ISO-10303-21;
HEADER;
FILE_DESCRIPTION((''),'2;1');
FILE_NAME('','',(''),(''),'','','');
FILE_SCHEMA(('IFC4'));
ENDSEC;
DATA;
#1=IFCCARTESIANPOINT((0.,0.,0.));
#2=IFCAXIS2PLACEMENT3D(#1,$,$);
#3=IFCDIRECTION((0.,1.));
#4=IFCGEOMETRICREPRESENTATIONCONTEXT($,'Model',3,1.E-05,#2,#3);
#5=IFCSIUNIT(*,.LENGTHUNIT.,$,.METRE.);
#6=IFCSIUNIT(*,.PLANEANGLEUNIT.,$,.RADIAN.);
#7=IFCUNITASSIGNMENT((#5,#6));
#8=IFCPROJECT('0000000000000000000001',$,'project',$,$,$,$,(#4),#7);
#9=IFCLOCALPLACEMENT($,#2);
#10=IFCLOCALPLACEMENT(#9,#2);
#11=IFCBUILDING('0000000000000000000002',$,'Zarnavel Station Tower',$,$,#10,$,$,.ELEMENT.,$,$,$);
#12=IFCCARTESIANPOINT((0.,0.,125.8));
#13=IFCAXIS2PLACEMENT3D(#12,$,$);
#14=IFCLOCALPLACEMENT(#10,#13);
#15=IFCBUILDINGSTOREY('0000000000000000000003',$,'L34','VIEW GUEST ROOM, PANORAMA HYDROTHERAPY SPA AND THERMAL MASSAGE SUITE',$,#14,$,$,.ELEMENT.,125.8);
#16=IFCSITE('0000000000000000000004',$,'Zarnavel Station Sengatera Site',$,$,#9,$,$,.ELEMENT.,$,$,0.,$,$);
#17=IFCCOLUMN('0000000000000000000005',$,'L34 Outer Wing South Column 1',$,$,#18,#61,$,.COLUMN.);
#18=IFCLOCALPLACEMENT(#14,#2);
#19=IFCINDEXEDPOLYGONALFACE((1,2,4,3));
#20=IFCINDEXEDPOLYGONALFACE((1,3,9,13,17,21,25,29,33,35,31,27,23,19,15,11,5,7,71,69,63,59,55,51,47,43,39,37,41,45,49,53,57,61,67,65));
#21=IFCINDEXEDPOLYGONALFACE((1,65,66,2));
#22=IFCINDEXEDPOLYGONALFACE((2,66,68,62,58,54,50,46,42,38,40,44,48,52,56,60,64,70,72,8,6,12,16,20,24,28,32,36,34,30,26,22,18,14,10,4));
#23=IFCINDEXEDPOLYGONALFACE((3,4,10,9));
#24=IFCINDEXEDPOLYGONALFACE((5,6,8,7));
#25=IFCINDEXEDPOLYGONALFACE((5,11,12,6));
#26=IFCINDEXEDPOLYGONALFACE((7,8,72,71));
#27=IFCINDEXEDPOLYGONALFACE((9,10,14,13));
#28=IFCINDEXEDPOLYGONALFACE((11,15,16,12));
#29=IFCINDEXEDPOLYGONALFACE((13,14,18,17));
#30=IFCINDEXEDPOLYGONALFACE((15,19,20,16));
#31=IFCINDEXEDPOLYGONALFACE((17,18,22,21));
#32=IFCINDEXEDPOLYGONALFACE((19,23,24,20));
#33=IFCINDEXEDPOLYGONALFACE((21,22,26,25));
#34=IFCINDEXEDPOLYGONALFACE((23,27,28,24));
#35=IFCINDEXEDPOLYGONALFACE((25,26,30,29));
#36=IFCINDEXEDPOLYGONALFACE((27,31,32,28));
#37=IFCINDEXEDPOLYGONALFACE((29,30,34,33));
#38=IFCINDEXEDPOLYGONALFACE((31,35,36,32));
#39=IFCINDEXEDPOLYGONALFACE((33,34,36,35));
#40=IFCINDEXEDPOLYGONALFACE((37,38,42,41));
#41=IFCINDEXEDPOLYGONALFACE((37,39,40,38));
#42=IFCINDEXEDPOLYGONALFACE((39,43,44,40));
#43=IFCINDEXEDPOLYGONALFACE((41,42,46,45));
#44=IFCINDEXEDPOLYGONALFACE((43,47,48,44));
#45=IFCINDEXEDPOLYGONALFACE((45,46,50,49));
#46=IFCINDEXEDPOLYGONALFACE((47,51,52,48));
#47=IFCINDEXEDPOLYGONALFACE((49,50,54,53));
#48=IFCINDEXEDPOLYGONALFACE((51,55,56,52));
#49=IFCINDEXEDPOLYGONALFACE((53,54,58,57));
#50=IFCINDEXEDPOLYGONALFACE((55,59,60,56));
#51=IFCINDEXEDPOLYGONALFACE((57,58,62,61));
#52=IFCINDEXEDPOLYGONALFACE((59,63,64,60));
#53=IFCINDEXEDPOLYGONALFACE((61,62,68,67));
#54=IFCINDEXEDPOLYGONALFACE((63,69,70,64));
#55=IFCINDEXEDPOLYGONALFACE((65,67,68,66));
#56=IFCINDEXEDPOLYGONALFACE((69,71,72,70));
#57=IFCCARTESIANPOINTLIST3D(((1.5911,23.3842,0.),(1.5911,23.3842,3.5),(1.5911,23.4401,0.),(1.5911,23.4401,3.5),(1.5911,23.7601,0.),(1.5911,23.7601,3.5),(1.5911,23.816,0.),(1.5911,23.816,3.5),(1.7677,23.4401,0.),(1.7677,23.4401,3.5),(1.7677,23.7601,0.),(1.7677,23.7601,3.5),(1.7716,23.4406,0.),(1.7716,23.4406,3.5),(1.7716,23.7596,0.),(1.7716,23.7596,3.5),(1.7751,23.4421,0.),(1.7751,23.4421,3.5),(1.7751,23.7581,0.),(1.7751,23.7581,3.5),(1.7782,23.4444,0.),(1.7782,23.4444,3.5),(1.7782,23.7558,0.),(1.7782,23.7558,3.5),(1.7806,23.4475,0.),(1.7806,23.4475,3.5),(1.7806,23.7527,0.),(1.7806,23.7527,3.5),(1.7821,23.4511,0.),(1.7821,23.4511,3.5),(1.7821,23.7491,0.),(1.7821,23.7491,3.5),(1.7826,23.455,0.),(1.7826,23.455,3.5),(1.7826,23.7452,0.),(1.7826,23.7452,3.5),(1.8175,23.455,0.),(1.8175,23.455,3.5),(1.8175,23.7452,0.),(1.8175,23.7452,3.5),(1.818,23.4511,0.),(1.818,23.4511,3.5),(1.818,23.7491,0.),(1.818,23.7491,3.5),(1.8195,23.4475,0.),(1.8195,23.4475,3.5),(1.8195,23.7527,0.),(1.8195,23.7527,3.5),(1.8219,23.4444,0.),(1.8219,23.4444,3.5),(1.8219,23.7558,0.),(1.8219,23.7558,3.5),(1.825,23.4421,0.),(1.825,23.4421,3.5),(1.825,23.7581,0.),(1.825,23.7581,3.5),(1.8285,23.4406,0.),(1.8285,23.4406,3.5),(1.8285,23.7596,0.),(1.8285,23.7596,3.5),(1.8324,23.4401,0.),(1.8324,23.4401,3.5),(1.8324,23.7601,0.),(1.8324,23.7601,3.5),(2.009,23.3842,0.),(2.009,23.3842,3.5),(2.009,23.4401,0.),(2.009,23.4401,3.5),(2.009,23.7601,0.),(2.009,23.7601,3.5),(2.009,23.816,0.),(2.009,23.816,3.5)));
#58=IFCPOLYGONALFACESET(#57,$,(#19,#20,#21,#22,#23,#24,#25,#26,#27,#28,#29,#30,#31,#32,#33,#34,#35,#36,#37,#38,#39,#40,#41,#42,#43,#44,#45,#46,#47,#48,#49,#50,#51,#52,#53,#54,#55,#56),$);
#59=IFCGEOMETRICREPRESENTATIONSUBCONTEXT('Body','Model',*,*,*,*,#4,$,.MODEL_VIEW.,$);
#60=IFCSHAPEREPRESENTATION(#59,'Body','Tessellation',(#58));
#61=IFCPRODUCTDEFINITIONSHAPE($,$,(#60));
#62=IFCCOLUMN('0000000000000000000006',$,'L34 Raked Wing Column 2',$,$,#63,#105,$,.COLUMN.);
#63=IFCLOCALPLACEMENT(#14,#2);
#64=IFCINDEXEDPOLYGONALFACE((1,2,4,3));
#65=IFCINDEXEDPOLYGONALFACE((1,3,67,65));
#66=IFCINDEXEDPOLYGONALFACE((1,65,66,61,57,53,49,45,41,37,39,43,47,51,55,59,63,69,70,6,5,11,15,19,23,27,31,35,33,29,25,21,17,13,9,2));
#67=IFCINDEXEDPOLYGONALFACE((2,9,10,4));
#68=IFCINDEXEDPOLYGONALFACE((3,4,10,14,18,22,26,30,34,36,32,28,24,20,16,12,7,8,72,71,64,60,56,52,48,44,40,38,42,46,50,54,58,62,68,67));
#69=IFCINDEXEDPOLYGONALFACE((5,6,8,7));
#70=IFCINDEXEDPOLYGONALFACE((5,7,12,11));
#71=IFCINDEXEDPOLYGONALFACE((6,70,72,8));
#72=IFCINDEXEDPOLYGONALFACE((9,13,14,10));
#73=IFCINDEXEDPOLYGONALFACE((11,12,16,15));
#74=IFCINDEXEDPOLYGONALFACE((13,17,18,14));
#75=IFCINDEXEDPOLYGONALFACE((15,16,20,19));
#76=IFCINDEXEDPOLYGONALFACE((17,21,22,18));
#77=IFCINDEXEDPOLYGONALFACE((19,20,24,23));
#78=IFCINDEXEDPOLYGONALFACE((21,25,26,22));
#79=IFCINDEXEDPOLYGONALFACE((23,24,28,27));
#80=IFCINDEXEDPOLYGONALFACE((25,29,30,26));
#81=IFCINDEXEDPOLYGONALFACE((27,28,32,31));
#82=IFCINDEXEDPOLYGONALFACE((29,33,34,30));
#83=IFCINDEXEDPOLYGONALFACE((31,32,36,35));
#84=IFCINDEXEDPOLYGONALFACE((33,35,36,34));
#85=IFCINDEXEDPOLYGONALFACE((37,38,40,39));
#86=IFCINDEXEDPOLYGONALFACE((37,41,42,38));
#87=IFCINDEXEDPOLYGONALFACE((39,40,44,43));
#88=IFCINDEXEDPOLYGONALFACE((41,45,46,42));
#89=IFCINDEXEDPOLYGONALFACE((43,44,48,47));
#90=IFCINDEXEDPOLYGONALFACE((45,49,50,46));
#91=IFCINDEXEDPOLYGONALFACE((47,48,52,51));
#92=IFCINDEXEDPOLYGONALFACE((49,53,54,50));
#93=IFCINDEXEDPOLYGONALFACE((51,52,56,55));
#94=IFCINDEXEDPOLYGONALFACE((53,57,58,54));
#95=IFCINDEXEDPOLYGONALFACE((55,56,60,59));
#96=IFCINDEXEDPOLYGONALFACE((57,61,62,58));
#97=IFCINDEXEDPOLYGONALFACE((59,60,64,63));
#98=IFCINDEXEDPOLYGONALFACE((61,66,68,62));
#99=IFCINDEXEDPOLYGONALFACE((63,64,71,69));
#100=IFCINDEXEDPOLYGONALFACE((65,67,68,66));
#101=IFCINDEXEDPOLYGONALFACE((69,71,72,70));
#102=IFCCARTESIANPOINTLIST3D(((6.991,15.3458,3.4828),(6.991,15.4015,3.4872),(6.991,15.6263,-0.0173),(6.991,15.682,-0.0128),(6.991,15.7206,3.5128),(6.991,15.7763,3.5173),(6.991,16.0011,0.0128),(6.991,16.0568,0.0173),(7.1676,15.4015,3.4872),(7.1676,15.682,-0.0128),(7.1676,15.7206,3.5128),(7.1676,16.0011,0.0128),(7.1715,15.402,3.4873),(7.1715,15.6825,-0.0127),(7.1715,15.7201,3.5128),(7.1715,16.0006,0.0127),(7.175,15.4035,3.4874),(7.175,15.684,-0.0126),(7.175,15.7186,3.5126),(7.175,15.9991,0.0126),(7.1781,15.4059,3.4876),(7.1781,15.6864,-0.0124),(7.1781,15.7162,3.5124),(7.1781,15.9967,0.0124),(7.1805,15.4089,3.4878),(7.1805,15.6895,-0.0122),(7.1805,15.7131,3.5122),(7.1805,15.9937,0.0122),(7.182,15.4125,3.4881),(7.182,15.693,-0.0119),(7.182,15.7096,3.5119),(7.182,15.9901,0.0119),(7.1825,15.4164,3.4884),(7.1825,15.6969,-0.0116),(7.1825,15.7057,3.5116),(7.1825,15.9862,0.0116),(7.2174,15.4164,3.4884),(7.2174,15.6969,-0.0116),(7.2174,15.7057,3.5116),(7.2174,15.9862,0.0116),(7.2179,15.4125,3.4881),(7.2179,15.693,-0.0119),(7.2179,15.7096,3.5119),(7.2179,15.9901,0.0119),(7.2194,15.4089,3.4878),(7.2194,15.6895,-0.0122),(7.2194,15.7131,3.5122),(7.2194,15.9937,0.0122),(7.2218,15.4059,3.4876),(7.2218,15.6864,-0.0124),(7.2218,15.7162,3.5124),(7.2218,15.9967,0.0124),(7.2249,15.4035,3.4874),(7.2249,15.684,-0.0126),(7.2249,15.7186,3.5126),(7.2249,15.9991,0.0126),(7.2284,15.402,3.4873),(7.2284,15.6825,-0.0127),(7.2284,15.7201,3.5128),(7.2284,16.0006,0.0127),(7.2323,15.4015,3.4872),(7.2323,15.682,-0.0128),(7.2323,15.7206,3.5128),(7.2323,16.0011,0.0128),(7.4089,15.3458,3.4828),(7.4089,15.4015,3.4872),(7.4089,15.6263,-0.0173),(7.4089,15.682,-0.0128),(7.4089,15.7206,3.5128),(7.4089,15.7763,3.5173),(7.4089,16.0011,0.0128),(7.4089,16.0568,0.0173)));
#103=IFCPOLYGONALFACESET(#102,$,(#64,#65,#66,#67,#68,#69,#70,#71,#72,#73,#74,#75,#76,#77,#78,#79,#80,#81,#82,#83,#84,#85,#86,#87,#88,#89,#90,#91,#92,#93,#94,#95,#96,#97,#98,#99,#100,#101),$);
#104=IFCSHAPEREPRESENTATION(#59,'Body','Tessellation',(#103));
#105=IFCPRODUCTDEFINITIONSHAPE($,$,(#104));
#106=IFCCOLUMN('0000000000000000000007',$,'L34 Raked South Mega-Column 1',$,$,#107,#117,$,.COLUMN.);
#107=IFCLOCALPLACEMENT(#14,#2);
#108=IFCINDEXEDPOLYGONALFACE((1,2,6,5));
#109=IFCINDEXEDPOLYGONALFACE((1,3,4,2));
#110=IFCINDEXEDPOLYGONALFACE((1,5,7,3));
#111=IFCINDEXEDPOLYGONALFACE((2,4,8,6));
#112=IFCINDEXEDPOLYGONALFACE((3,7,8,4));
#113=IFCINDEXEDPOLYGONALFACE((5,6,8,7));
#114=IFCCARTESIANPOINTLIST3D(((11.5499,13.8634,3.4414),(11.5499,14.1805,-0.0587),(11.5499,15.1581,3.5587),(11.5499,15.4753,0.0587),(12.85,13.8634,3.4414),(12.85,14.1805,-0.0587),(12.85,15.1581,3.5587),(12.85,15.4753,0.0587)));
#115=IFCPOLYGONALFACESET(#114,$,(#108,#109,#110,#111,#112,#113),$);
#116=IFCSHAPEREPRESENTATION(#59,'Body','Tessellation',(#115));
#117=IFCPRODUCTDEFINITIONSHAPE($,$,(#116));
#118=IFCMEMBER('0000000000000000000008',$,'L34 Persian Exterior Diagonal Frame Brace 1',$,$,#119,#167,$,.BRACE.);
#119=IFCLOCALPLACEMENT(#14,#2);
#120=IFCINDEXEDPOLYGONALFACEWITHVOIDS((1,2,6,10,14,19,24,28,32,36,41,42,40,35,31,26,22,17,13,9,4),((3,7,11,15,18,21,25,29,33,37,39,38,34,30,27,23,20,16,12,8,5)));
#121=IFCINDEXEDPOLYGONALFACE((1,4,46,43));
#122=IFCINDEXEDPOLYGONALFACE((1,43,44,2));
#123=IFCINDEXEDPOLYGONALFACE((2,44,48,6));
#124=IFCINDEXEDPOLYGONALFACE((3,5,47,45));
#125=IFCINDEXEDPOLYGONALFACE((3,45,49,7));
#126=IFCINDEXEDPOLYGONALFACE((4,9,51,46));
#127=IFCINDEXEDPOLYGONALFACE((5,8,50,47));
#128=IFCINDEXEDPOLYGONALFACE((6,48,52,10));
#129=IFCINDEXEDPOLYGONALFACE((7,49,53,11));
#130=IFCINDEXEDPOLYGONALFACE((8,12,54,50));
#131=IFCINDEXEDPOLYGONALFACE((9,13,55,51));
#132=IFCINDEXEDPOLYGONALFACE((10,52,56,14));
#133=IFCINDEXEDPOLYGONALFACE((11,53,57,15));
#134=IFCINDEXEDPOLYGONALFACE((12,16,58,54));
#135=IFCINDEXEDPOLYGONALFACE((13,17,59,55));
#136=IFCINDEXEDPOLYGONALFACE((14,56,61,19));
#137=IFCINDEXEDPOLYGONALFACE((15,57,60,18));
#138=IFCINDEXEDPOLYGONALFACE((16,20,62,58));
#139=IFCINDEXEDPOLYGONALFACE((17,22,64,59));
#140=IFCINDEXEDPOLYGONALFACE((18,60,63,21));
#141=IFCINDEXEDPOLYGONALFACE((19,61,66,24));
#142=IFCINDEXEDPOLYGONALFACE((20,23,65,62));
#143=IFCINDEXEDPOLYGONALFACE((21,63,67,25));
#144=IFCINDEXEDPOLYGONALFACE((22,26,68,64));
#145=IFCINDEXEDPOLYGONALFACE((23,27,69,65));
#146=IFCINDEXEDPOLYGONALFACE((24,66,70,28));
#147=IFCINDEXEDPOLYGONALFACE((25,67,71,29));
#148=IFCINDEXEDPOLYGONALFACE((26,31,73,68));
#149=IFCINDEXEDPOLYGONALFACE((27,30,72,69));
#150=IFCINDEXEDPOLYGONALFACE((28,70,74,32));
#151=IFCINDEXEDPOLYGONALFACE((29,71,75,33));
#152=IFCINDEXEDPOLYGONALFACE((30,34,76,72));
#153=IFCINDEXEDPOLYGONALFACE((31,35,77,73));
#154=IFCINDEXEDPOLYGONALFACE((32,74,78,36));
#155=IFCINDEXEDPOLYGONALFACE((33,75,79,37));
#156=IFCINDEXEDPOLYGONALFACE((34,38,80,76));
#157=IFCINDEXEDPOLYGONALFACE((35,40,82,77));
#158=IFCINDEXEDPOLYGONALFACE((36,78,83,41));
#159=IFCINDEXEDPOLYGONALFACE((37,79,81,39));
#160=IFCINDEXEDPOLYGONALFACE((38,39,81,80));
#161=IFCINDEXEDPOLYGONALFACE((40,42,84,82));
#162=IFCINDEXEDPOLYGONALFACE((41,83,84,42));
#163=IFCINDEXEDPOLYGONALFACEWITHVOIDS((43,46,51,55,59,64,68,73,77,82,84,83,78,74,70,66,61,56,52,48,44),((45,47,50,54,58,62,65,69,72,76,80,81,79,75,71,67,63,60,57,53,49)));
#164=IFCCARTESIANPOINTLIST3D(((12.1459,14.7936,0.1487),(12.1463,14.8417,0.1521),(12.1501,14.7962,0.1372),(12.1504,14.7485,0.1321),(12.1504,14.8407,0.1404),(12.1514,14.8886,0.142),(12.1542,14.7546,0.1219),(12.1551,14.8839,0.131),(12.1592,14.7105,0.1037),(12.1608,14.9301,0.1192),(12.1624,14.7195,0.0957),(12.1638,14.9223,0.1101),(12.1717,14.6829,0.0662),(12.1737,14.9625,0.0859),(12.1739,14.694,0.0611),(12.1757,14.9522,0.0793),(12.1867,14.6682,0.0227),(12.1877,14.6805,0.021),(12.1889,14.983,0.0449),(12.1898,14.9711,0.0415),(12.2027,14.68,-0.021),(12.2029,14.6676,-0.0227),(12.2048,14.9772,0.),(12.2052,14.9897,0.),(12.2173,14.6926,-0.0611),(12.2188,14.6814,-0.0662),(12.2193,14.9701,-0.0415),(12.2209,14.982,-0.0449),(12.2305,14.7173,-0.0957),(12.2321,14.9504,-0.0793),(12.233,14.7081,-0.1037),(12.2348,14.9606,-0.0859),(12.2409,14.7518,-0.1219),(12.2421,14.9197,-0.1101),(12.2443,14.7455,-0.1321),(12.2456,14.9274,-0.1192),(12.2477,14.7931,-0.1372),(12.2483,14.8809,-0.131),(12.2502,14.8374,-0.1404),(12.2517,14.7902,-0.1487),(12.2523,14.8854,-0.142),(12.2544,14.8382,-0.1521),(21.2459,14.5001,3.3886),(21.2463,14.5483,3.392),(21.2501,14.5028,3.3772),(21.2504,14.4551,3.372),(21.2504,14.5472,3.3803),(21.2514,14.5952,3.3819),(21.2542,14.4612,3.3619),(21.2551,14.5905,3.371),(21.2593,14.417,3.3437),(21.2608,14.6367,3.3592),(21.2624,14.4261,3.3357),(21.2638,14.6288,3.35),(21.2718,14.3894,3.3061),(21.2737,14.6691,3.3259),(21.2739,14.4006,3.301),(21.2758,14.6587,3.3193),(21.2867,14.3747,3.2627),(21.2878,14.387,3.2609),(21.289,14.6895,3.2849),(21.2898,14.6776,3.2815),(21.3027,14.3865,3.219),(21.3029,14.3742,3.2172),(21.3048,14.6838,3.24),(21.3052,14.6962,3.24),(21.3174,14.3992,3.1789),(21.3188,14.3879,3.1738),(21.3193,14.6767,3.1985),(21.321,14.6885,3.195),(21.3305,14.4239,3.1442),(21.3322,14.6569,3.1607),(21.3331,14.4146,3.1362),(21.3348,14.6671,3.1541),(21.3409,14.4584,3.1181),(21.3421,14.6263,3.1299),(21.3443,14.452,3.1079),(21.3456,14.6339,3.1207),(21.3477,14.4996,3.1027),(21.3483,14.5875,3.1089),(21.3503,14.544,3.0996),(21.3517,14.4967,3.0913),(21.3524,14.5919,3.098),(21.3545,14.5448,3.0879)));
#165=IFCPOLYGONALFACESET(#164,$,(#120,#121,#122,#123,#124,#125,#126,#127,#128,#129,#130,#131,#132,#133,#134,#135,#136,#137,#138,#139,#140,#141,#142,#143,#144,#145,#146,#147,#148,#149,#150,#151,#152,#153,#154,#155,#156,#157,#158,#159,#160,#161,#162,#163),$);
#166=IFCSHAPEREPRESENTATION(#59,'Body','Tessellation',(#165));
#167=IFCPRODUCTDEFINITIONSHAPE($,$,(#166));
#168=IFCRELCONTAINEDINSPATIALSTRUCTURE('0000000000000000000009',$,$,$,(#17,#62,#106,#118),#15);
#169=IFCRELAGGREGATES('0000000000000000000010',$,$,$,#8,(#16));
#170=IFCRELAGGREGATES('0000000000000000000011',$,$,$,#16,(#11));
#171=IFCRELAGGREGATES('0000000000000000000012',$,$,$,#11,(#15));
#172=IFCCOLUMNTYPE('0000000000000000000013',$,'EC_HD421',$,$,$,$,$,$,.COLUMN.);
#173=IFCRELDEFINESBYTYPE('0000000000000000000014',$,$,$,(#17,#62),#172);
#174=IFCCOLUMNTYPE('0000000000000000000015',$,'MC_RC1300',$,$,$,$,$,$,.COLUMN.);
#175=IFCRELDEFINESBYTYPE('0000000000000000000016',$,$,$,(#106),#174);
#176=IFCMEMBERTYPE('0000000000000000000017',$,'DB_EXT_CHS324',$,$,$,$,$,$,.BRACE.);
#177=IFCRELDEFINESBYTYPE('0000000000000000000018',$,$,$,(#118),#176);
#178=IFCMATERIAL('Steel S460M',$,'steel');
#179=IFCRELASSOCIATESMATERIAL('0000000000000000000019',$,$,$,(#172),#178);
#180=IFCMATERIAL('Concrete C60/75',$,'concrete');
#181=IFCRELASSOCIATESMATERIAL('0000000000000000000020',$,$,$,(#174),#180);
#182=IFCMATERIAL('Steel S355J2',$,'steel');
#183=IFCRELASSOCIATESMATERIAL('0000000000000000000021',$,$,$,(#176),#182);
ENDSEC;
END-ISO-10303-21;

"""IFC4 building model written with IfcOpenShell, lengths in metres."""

from ifc_helpers import new_model, si_unit, direction, frame, origin, origin_2d, place, context, subcontext, project, spatial, rectangle, hollow_circle, i_section, extrude, material, material_profile, profile_set, type_object, element, save


model = new_model("IFC4")

# Units and contexts
model_context = context("Model", 3, precision=1e-05, world=origin(), true_north=direction((0.0, 1.0)))
body_context = subcontext(model_context, "Body", "Model", "MODEL_VIEW")
ifc_project = project(units=[si_unit("LENGTHUNIT", "METRE"), si_unit("PLANEANGLEUNIT", "RADIAN")], contexts=[model_context])

# Site, building, storey
site_placement = place(None, origin())
site = spatial("IfcSite", under=ifc_project, at=site_placement, Name="Zarnavel Station Sengatera Site", CompositionType="ELEMENT", RefElevation=0.0)
building_placement = place(site_placement, origin())
building = spatial("IfcBuilding", under=site, at=building_placement, Name="Zarnavel Station Tower", CompositionType="ELEMENT")
storey_placement = place(building_placement, frame((0.0, 0.0, 125.8)))
storey = spatial("IfcBuildingStorey", under=building, at=storey_placement, Name="L34", Description="VIEW GUEST ROOM, PANORAMA HYDROTHERAPY SPA AND THERMAL MASSAGE SUITE", CompositionType="ELEMENT", Elevation=125.8)

# Columns
ifc_material_1 = material(Name="Steel S460M", Category="steel")
ifc_material_profile_1 = material_profile(ifc_material_1, i_section(OverallWidth=0.418, OverallDepth=0.4319, WebThickness=0.0349, FlangeThickness=0.0559, FilletRadius=0.0149, at=origin_2d()), Name="HD400x421")
ifc_profile_set_1 = profile_set([ifc_material_profile_1], Name="Steel S460M")
column_type_1 = type_object("IfcColumnType", Name="EC_HD421", PredefinedType="COLUMN", material=ifc_profile_set_1)
column_1_placement = place(storey_placement, frame((1.8, 23.6001, 0.0), z_axis=(0.0, 0.0, 1.0), x_axis=(1.0, 0.0, 0.0)))
element("IfcColumn", 1, at=column_1_placement, inside=storey, type_object=column_type_1, Name="L34 Outer Wing South Column 1", PredefinedType="COLUMN", context=body_context, shape_type="SweptSolid", body=[
    extrude(i_section(OverallWidth=0.418, OverallDepth=0.4319, WebThickness=0.0349, FlangeThickness=0.0559, FilletRadius=0.0149, at=origin_2d()), origin(), (0.0, 0.0, 1.0), 3.5),
])
column_2_placement = place(storey_placement, frame((7.2, 15.8416, 0.0), z_axis=(0.0, -0.079892, 0.996804), x_axis=(1.0, 0.0, 0.0)))
element("IfcColumn", 2, at=column_2_placement, inside=storey, type_object=column_type_1, Name="L34 Raked Wing Column 2", PredefinedType="COLUMN", context=body_context, shape_type="SweptSolid", body=[
    extrude(i_section(OverallWidth=0.418, OverallDepth=0.4319, WebThickness=0.0349, FlangeThickness=0.0559, FilletRadius=0.0149, at=origin_2d()), origin(), (0.0, 0.0, 1.0), 3.5112),
])
ifc_material_2 = material(Name="Concrete C60/75", Category="concrete")
ifc_material_profile_2 = material_profile(ifc_material_2, rectangle(XDim=1.3, YDim=1.3, at=origin_2d()), Name="RC1300x1300")
ifc_profile_set_2 = profile_set([ifc_material_profile_2], Name="Concrete C60/75")
column_type_2 = type_object("IfcColumnType", Name="MC_RC1300", PredefinedType="COLUMN", material=ifc_profile_set_2)
column_3_placement = place(storey_placement, frame((12.2, 14.8279, 0.0), z_axis=(0.0, -0.090241, 0.99592), x_axis=(1.0, 0.0, 0.0)))
element("IfcColumn", 3, at=column_3_placement, inside=storey, type_object=column_type_2, Name="L34 Raked South Mega-Column 1", PredefinedType="COLUMN", context=body_context, shape_type="SweptSolid", body=[
    extrude(rectangle(XDim=1.3, YDim=1.3, at=origin_2d()), origin(), (0.0, 0.0, 1.0), 3.5144),
])

# Member
ifc_material_3 = material(Name="Steel S355J2", Category="steel")
ifc_material_profile_3 = material_profile(ifc_material_3, hollow_circle(Radius=0.1619, WallThickness=0.0125, at=origin_2d()), Name="CHS323.9x12.5")
ifc_profile_set_3 = profile_set([ifc_material_profile_3], Name="Steel S355J2")
member_type = type_object("IfcMemberType", Name="DB_EXT_CHS324", PredefinedType="BRACE", material=ifc_profile_set_3)
member_placement = place(storey_placement, frame((12.2, 14.8279, 0.0), z_axis=(0.941636, -0.030366, 0.335259), x_axis=(0.032231, 0.99948, 0.0)))
element("IfcMember", 4, at=member_placement, inside=storey, type_object=member_type, Name="L34 Persian Exterior Diagonal Frame Brace 1", PredefinedType="BRACE", context=body_context, shape_type="SweptSolid", body=[
    extrude(hollow_circle(Radius=0.1619, WallThickness=0.0125, at=origin_2d()), origin(), (0.0, 0.0, 1.0), 9.6641),
])

save(model, "model.ifc")
